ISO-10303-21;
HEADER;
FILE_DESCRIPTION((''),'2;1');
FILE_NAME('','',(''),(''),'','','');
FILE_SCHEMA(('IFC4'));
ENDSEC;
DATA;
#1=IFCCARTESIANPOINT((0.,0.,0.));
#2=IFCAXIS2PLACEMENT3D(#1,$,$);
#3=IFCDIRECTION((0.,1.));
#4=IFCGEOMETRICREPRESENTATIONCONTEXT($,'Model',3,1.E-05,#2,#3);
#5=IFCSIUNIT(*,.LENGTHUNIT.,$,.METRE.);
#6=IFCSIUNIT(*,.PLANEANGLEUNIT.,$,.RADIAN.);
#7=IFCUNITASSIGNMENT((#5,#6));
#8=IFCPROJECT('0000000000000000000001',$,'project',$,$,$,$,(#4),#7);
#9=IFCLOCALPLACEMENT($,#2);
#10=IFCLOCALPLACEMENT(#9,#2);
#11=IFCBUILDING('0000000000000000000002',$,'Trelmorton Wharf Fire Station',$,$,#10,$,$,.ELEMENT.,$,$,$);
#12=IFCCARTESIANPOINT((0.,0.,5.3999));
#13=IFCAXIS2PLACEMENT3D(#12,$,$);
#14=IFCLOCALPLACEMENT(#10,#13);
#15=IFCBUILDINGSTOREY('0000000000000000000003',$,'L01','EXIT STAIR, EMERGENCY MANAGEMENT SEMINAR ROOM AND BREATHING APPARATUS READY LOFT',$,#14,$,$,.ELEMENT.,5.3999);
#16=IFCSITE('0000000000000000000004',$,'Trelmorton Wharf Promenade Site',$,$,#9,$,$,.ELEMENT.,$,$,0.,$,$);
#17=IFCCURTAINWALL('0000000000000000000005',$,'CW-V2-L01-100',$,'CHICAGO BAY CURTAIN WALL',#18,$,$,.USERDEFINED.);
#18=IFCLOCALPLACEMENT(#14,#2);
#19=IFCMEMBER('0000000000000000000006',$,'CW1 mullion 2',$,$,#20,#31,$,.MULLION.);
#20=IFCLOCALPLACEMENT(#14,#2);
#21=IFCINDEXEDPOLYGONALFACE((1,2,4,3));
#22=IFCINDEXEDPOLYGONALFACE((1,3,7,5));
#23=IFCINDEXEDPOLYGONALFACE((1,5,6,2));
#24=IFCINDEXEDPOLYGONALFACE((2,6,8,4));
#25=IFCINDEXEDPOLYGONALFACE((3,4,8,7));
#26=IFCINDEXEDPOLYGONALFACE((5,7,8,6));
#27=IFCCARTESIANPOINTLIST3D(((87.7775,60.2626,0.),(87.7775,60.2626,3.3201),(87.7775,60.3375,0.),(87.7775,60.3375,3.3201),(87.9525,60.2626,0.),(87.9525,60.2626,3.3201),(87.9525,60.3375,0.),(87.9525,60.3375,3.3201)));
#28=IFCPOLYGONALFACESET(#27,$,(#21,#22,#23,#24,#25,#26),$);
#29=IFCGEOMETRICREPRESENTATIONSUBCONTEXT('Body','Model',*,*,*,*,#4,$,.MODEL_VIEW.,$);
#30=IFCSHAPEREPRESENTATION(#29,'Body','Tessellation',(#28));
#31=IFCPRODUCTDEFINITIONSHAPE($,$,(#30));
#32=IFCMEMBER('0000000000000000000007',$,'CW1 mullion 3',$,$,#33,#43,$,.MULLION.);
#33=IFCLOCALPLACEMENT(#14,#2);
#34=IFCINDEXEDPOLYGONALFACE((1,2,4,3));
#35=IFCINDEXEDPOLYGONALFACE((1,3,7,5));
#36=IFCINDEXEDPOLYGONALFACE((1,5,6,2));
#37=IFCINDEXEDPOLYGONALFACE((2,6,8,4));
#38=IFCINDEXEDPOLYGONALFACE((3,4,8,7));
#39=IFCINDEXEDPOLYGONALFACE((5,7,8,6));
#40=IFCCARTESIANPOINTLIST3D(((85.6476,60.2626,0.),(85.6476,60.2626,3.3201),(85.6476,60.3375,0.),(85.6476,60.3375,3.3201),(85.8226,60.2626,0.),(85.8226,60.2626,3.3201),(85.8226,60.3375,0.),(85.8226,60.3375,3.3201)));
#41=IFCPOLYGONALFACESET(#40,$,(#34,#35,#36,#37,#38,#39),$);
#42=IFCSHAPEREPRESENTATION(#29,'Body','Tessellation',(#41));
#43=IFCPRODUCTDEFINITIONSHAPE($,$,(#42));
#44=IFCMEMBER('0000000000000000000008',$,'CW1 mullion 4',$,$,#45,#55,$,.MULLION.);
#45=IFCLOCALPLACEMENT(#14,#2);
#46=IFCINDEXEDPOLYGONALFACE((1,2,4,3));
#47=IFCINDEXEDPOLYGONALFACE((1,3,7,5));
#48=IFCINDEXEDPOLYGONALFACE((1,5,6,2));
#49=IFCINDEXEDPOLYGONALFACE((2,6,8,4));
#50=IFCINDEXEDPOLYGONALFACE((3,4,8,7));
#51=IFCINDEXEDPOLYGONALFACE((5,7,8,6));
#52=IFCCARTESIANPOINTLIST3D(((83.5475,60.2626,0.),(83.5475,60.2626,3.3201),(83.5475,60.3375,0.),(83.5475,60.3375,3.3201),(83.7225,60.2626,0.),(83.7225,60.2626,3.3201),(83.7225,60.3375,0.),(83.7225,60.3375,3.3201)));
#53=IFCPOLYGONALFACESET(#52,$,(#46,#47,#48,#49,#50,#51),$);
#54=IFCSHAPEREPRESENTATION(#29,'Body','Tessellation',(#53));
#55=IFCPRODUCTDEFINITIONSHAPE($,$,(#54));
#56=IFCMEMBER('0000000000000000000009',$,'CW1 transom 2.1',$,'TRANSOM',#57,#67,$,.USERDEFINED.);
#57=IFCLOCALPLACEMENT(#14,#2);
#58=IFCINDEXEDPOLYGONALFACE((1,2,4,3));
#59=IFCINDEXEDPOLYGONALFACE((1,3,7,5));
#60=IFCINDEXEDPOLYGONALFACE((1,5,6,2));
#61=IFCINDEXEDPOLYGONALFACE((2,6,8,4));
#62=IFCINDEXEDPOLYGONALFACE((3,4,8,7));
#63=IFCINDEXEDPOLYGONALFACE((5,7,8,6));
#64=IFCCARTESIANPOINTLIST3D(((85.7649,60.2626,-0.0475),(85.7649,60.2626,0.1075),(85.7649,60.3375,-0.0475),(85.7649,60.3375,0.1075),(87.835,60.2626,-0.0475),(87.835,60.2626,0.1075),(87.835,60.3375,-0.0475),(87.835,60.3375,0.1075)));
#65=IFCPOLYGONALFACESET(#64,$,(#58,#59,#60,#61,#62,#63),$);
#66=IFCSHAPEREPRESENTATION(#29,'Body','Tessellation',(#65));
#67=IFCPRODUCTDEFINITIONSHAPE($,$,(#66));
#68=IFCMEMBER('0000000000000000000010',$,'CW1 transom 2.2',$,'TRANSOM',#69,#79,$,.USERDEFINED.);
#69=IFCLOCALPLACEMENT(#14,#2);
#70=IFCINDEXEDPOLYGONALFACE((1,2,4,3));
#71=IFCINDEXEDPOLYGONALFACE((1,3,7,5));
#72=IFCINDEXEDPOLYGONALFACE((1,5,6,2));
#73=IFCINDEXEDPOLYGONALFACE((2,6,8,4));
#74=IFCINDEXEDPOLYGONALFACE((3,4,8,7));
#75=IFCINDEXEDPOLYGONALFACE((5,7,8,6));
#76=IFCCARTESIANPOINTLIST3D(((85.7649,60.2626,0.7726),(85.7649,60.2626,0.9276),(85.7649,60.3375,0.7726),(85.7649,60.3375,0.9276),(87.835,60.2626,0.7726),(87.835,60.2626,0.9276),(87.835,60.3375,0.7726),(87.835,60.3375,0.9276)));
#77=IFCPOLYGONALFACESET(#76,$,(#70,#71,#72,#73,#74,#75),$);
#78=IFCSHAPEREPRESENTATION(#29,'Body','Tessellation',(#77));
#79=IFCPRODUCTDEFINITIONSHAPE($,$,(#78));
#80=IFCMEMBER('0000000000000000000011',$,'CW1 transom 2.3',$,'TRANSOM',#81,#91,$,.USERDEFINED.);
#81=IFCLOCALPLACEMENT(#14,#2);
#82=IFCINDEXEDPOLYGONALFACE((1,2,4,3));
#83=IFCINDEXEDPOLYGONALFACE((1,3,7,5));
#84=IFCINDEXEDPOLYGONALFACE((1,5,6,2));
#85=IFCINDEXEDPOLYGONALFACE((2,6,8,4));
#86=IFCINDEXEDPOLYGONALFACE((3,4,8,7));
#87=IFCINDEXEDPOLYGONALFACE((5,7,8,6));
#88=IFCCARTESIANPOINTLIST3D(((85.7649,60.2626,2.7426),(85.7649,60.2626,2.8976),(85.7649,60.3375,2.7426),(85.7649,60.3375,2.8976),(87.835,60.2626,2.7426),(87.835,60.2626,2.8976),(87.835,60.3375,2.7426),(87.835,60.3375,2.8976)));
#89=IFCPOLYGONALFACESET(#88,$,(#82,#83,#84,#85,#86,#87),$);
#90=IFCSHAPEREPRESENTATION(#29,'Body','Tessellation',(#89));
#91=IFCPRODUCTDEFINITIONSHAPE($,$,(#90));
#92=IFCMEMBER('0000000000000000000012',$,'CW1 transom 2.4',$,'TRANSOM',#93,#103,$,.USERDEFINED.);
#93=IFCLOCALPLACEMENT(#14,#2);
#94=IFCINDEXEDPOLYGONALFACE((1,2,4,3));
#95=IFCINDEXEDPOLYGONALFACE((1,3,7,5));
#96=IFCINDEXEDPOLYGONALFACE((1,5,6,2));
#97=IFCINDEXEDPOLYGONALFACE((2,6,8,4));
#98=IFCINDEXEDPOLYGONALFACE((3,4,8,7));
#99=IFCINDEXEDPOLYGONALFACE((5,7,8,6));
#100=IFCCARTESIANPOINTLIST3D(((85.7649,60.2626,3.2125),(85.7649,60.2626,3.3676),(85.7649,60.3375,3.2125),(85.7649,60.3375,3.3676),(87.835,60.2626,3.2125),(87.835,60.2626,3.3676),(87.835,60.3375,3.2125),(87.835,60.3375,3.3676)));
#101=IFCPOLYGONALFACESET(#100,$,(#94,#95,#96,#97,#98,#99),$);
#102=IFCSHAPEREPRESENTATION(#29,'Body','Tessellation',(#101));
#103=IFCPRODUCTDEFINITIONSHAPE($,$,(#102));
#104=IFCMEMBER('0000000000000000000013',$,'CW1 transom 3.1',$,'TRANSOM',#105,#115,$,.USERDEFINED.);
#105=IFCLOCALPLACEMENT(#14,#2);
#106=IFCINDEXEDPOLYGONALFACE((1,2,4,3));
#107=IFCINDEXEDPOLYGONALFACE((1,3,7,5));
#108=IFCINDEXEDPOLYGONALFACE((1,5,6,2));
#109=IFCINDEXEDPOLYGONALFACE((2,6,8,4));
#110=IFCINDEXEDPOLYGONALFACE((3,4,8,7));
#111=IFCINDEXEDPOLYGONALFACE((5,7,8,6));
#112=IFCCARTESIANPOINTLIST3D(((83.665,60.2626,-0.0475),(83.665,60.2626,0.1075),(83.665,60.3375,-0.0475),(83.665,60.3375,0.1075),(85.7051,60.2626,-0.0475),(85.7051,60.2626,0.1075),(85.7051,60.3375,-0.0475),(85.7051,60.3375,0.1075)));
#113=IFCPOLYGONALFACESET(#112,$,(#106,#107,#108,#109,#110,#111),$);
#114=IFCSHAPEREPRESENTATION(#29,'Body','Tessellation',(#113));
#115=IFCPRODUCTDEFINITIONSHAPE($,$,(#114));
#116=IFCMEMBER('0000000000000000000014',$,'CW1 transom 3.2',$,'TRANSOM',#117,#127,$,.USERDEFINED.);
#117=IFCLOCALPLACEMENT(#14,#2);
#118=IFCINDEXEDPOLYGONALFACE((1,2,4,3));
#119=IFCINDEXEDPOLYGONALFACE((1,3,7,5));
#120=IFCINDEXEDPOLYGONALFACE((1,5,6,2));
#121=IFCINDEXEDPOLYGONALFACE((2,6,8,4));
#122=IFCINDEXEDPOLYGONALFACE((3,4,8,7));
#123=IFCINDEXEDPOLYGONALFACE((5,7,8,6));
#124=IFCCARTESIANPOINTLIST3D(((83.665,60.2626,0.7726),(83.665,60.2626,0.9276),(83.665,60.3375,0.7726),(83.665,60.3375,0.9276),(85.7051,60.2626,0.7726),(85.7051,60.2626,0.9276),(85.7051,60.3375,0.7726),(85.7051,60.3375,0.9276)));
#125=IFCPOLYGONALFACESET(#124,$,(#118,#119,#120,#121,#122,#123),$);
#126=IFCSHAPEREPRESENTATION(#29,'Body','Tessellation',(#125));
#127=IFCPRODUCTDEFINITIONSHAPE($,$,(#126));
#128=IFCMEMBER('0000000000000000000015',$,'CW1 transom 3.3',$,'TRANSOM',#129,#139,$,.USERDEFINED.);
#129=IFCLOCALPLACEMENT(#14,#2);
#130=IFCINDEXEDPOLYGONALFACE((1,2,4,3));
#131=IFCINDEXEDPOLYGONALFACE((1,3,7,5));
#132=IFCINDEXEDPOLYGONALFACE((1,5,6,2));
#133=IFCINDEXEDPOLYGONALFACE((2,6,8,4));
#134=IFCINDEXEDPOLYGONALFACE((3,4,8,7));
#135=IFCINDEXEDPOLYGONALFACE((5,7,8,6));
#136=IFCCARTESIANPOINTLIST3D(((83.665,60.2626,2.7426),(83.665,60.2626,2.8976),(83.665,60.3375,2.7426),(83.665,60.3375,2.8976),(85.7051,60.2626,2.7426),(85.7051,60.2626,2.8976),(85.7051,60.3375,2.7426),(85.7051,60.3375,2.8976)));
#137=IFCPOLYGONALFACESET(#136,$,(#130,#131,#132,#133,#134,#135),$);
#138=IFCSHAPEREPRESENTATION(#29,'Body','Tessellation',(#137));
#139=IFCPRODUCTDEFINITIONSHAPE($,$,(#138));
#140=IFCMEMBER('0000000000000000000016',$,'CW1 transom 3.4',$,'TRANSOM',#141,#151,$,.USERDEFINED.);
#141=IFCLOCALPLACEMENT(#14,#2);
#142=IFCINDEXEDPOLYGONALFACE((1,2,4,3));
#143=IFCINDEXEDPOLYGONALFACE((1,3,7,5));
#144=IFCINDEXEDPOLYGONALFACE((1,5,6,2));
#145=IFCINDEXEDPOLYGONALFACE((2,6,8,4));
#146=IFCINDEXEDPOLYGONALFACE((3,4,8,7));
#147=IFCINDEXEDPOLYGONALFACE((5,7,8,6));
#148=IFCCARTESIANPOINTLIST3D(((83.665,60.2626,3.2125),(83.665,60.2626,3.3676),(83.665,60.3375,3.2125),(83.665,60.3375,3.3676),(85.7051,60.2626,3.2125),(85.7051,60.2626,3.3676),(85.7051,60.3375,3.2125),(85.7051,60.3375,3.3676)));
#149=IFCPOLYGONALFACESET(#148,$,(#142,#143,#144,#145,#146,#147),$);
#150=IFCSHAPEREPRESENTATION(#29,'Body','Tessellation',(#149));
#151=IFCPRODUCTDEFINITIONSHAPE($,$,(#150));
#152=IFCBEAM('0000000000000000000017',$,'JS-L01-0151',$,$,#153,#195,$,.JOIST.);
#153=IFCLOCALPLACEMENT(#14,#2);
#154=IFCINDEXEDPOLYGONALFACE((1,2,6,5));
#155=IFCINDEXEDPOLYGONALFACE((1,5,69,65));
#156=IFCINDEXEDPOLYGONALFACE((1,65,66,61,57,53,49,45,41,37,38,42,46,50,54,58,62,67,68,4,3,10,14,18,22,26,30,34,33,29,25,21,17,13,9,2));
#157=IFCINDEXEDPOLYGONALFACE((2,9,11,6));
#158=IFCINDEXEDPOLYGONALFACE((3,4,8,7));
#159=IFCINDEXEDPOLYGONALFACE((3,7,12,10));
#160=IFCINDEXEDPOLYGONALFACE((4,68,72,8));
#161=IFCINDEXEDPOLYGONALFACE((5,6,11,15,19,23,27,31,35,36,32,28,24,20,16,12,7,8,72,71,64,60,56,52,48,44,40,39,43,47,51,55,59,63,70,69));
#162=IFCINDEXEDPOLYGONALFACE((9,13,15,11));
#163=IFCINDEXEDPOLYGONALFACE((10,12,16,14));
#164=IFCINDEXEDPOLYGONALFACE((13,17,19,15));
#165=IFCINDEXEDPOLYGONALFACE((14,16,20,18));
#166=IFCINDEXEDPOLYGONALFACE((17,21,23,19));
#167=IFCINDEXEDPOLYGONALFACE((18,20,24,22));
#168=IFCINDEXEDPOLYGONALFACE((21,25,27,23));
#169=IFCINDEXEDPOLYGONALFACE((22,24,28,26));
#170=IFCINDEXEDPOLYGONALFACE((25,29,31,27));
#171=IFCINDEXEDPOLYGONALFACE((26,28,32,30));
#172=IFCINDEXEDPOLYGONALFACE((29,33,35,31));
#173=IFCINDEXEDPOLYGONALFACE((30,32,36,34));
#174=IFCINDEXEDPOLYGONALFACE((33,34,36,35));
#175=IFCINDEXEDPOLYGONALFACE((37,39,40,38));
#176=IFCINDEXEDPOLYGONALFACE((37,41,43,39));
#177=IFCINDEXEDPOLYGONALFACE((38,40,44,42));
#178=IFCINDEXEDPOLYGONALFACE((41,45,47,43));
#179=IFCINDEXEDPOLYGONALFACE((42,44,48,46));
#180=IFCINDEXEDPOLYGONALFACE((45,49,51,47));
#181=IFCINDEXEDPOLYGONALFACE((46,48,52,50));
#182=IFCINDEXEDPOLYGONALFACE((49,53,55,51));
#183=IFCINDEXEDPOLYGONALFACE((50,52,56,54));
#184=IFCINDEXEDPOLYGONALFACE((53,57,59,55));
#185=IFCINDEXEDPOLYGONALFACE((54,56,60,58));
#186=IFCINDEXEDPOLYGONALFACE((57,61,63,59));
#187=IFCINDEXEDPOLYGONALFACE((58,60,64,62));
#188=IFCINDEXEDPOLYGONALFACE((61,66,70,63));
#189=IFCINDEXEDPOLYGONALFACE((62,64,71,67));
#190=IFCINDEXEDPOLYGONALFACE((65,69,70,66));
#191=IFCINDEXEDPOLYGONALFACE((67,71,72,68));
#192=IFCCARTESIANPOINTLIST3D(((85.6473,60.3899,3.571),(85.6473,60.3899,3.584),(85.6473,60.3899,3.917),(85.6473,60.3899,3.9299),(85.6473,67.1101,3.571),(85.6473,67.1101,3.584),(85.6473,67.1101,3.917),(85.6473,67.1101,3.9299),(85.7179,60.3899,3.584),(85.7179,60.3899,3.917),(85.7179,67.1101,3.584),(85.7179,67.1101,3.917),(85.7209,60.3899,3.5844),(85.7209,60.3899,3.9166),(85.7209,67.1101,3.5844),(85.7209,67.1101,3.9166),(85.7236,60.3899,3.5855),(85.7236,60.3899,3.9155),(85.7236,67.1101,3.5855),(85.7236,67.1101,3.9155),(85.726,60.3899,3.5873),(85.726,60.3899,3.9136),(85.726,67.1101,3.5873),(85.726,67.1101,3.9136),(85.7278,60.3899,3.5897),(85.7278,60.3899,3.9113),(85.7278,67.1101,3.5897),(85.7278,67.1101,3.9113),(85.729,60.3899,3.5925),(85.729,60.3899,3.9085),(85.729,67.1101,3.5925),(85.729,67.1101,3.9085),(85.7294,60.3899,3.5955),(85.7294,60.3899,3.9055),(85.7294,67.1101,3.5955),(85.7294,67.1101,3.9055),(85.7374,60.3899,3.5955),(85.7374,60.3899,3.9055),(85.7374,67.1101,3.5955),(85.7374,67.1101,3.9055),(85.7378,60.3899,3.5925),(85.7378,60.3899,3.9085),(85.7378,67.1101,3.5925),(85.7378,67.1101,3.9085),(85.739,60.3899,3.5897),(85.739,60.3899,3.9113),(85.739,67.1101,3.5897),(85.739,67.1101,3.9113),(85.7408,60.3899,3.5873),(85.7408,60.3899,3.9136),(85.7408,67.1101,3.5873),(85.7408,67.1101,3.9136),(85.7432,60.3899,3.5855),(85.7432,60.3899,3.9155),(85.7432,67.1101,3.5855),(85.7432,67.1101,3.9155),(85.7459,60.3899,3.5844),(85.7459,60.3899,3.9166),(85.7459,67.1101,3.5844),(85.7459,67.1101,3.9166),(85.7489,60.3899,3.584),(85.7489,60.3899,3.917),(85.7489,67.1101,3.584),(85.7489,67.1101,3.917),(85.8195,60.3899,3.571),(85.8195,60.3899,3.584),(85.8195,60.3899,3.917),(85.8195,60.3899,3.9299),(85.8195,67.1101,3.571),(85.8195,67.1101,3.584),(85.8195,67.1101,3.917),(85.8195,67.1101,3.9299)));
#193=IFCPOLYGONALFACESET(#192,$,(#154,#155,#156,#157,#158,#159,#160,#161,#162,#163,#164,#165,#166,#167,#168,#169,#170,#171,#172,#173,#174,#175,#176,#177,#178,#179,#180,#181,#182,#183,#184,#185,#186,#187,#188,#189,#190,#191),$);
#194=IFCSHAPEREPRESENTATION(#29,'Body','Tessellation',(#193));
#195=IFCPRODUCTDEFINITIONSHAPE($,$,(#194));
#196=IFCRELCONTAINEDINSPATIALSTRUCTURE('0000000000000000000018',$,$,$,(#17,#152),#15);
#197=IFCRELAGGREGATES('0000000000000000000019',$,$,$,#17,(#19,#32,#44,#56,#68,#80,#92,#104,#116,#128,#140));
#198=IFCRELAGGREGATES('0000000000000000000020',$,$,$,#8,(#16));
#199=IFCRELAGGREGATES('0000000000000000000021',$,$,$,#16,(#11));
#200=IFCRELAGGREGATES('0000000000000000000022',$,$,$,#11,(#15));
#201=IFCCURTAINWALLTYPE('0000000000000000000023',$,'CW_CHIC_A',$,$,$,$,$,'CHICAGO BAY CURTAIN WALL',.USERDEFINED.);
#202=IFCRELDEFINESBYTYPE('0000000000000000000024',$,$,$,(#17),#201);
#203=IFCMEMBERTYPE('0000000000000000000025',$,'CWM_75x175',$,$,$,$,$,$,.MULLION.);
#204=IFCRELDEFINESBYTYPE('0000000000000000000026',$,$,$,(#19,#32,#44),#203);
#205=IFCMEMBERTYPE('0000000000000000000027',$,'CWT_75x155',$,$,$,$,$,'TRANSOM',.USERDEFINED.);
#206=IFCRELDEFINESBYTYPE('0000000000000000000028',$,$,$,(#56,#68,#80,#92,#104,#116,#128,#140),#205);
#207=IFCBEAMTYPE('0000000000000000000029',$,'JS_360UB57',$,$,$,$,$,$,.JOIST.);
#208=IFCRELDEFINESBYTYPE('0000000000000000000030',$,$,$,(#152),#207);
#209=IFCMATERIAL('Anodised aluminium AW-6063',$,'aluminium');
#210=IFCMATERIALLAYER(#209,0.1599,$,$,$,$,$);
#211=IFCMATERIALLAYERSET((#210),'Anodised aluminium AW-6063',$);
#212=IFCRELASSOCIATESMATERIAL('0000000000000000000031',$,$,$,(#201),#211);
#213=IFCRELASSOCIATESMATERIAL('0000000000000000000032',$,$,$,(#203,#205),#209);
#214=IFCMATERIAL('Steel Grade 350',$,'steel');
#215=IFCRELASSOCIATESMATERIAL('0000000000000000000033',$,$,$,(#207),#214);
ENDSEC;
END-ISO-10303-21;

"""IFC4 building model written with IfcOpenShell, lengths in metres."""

from ifc_helpers import new_model, si_unit, direction, frame, origin, origin_2d, place, context, subcontext, project, spatial, rectangle, i_section, extrude, material, layer, layer_set, material_profile, profile_set, type_object, element, aggregate, save


model = new_model("IFC4")

# Units and contexts
model_context = context("Model", 3, precision=1e-05, world=origin(), true_north=direction((0.0, 1.0)))
body_context = subcontext(model_context, "Body", "Model", "MODEL_VIEW")
ifc_project = project(units=[si_unit("LENGTHUNIT", "METRE"), si_unit("PLANEANGLEUNIT", "RADIAN")], contexts=[model_context])

# Site, building, storey
site_placement = place(None, origin())
site = spatial("IfcSite", under=ifc_project, at=site_placement, Name="Trelmorton Wharf Promenade Site", CompositionType="ELEMENT", RefElevation=0.0)
building_placement = place(site_placement, origin())
building = spatial("IfcBuilding", under=site, at=building_placement, Name="Trelmorton Wharf Fire Station", CompositionType="ELEMENT")
storey_placement = place(building_placement, frame((0.0, 0.0, 5.3999)))
storey = spatial("IfcBuildingStorey", under=building, at=storey_placement, Name="L01", Description="EXIT STAIR, EMERGENCY MANAGEMENT SEMINAR ROOM AND BREATHING APPARATUS READY LOFT", CompositionType="ELEMENT", Elevation=5.3999)

# Shared definitions
ifc_material_1 = material(Name="Steel Grade 350", Category="steel")

# Curtain wall, members
ifc_material_2 = material(Name="Anodised aluminium AW-6063", Category="aluminium")
ifc_layer_1 = layer(ifc_material_2, 0.1599)
ifc_layer_set_1 = layer_set([ifc_layer_1], Name="Anodised aluminium AW-6063")
curtain_wall_type = type_object("IfcCurtainWallType", Name="CW_CHIC_A", ElementType="CHICAGO BAY CURTAIN WALL", PredefinedType="USERDEFINED", material=ifc_layer_set_1)
curtain_wall_placement = place(storey_placement, origin())
curtain_wall = element("IfcCurtainWall", 1, at=curtain_wall_placement, inside=storey, type_object=curtain_wall_type, Name="CW-V2-L01-100", ObjectType="CHICAGO BAY CURTAIN WALL", PredefinedType="USERDEFINED")
ifc_material_profile_1 = material_profile(ifc_material_2, rectangle(XDim=0.075, YDim=0.175, at=origin_2d()), Name="ALU-75x175")
ifc_profile_set_1 = profile_set([ifc_material_profile_1], Name="Anodised aluminium AW-6063")
member_type_1 = type_object("IfcMemberType", Name="CWM_75x175", PredefinedType="MULLION", material=ifc_profile_set_1)
member_1_placement = place(storey_placement, frame((87.865, 60.3, 0.0), z_axis=(0.0, 0.0, 1.0), x_axis=(0.0, -1.0, 0.0)))
member_1 = element("IfcMember", 2, at=member_1_placement, type_object=member_type_1, Name="CW1 mullion 2", PredefinedType="MULLION", context=body_context, shape_type="SweptSolid", body=[
    extrude(rectangle(XDim=0.075, YDim=0.175, at=origin_2d()), origin(), (0.0, 0.0, 1.0), 3.3201),
])
member_2_placement = place(storey_placement, frame((85.7351, 60.3, 0.0), z_axis=(0.0, 0.0, 1.0), x_axis=(0.0, -1.0, 0.0)))
member_2 = element("IfcMember", 3, at=member_2_placement, type_object=member_type_1, Name="CW1 mullion 3", PredefinedType="MULLION", context=body_context, shape_type="SweptSolid", body=[
    extrude(rectangle(XDim=0.075, YDim=0.175, at=origin_2d()), origin(), (0.0, 0.0, 1.0), 3.3201),
])
member_3_placement = place(storey_placement, frame((83.635, 60.3, 0.0), z_axis=(0.0, 0.0, 1.0), x_axis=(0.0, -1.0, 0.0)))
member_3 = element("IfcMember", 4, at=member_3_placement, type_object=member_type_1, Name="CW1 mullion 4", PredefinedType="MULLION", context=body_context, shape_type="SweptSolid", body=[
    extrude(rectangle(XDim=0.075, YDim=0.175, at=origin_2d()), origin(), (0.0, 0.0, 1.0), 3.3201),
])
ifc_material_profile_2 = material_profile(ifc_material_2, rectangle(XDim=0.075, YDim=0.155, at=origin_2d()), Name="ALU-75x155")
ifc_profile_set_2 = profile_set([ifc_material_profile_2], Name="Anodised aluminium AW-6063")
member_type_2 = type_object("IfcMemberType", Name="CWT_75x155", ElementType="TRANSOM", PredefinedType="USERDEFINED", material=ifc_profile_set_2)
member_4_placement = place(storey_placement, frame((87.835, 60.3, 0.03), z_axis=(-1.0, 0.0, 0.0), x_axis=(0.0, -1.0, 0.0)))
member_4 = element("IfcMember", 5, at=member_4_placement, type_object=member_type_2, Name="CW1 transom 2.1", ObjectType="TRANSOM", PredefinedType="USERDEFINED", context=body_context, shape_type="SweptSolid", body=[
    extrude(rectangle(XDim=0.075, YDim=0.155, at=origin_2d()), origin(), (0.0, 0.0, 1.0), 2.0701),
])
member_5_placement = place(storey_placement, frame((87.835, 60.3, 0.8501), z_axis=(-1.0, 0.0, 0.0), x_axis=(0.0, -1.0, 0.0)))
member_5 = element("IfcMember", 6, at=member_5_placement, type_object=member_type_2, Name="CW1 transom 2.2", ObjectType="TRANSOM", PredefinedType="USERDEFINED", context=body_context, shape_type="SweptSolid", body=[
    extrude(rectangle(XDim=0.075, YDim=0.155, at=origin_2d()), origin(), (0.0, 0.0, 1.0), 2.0701),
])
member_6_placement = place(storey_placement, frame((87.835, 60.3, 2.8201), z_axis=(-1.0, 0.0, 0.0), x_axis=(0.0, -1.0, 0.0)))
member_6 = element("IfcMember", 7, at=member_6_placement, type_object=member_type_2, Name="CW1 transom 2.3", ObjectType="TRANSOM", PredefinedType="USERDEFINED", context=body_context, shape_type="SweptSolid", body=[
    extrude(rectangle(XDim=0.075, YDim=0.155, at=origin_2d()), origin(), (0.0, 0.0, 1.0), 2.0701),
])
member_7_placement = place(storey_placement, frame((87.835, 60.3, 3.29), z_axis=(-1.0, 0.0, 0.0), x_axis=(0.0, -1.0, 0.0)))
member_7 = element("IfcMember", 8, at=member_7_placement, type_object=member_type_2, Name="CW1 transom 2.4", ObjectType="TRANSOM", PredefinedType="USERDEFINED", context=body_context, shape_type="SweptSolid", body=[
    extrude(rectangle(XDim=0.075, YDim=0.155, at=origin_2d()), origin(), (0.0, 0.0, 1.0), 2.0701),
])
member_8_placement = place(storey_placement, frame((85.7051, 60.3, 0.03), z_axis=(-1.0, 0.0, 0.0), x_axis=(0.0, -1.0, 0.0)))
member_8 = element("IfcMember", 9, at=member_8_placement, type_object=member_type_2, Name="CW1 transom 3.1", ObjectType="TRANSOM", PredefinedType="USERDEFINED", context=body_context, shape_type="SweptSolid", body=[
    extrude(rectangle(XDim=0.075, YDim=0.155, at=origin_2d()), origin(), (0.0, 0.0, 1.0), 2.04),
])
member_9_placement = place(storey_placement, frame((85.7051, 60.3, 0.8501), z_axis=(-1.0, 0.0, 0.0), x_axis=(0.0, -1.0, 0.0)))
member_9 = element("IfcMember", 10, at=member_9_placement, type_object=member_type_2, Name="CW1 transom 3.2", ObjectType="TRANSOM", PredefinedType="USERDEFINED", context=body_context, shape_type="SweptSolid", body=[
    extrude(rectangle(XDim=0.075, YDim=0.155, at=origin_2d()), origin(), (0.0, 0.0, 1.0), 2.04),
])
member_10_placement = place(storey_placement, frame((85.7051, 60.3, 2.8201), z_axis=(-1.0, 0.0, 0.0), x_axis=(0.0, -1.0, 0.0)))
member_10 = element("IfcMember", 11, at=member_10_placement, type_object=member_type_2, Name="CW1 transom 3.3", ObjectType="TRANSOM", PredefinedType="USERDEFINED", context=body_context, shape_type="SweptSolid", body=[
    extrude(rectangle(XDim=0.075, YDim=0.155, at=origin_2d()), origin(), (0.0, 0.0, 1.0), 2.04),
])
member_11_placement = place(storey_placement, frame((85.7051, 60.3, 3.29), z_axis=(-1.0, 0.0, 0.0), x_axis=(0.0, -1.0, 0.0)))
member_11 = element("IfcMember", 12, at=member_11_placement, type_object=member_type_2, Name="CW1 transom 3.4", ObjectType="TRANSOM", PredefinedType="USERDEFINED", context=body_context, shape_type="SweptSolid", body=[
    extrude(rectangle(XDim=0.075, YDim=0.155, at=origin_2d()), origin(), (0.0, 0.0, 1.0), 2.04),
])

# Beam
ifc_material_profile_3 = material_profile(ifc_material_1, i_section(OverallWidth=0.1721, OverallDepth=0.3589, WebThickness=0.0081, FlangeThickness=0.0129, FilletRadius=0.0115, at=origin_2d()), Name="360UB56.7")
ifc_profile_set_3 = profile_set([ifc_material_profile_3], Name="Steel Grade 350")
beam_type_1 = type_object("IfcBeamType", Name="JS_360UB57", PredefinedType="JOIST", material=ifc_profile_set_3)
for number, where, z_axis, x_axis, name in (
    (13, (85.7334, 60.3899, 3.7505), (0.0, 1.0, 0.0), (-1.0, 0.0, 0.0), "JS-L01-0151"),
):
    element("IfcBeam", number, at=place(storey_placement, frame(where, z_axis=z_axis, x_axis=x_axis)), inside=storey, type_object=beam_type_1, Name=name, PredefinedType="JOIST", context=body_context, shape_type="SweptSolid", body=[
        extrude(i_section(OverallWidth=0.1721, OverallDepth=0.3589, WebThickness=0.0081, FlangeThickness=0.0129, FilletRadius=0.0115, at=origin_2d()), origin(), (0.0, 0.0, 1.0), 6.7202),
    ])

aggregate(curtain_wall, [member_1, member_2, member_3, member_4, member_5, member_6, member_7, member_8, member_9, member_10, member_11])

save(model, "model.ifc")
